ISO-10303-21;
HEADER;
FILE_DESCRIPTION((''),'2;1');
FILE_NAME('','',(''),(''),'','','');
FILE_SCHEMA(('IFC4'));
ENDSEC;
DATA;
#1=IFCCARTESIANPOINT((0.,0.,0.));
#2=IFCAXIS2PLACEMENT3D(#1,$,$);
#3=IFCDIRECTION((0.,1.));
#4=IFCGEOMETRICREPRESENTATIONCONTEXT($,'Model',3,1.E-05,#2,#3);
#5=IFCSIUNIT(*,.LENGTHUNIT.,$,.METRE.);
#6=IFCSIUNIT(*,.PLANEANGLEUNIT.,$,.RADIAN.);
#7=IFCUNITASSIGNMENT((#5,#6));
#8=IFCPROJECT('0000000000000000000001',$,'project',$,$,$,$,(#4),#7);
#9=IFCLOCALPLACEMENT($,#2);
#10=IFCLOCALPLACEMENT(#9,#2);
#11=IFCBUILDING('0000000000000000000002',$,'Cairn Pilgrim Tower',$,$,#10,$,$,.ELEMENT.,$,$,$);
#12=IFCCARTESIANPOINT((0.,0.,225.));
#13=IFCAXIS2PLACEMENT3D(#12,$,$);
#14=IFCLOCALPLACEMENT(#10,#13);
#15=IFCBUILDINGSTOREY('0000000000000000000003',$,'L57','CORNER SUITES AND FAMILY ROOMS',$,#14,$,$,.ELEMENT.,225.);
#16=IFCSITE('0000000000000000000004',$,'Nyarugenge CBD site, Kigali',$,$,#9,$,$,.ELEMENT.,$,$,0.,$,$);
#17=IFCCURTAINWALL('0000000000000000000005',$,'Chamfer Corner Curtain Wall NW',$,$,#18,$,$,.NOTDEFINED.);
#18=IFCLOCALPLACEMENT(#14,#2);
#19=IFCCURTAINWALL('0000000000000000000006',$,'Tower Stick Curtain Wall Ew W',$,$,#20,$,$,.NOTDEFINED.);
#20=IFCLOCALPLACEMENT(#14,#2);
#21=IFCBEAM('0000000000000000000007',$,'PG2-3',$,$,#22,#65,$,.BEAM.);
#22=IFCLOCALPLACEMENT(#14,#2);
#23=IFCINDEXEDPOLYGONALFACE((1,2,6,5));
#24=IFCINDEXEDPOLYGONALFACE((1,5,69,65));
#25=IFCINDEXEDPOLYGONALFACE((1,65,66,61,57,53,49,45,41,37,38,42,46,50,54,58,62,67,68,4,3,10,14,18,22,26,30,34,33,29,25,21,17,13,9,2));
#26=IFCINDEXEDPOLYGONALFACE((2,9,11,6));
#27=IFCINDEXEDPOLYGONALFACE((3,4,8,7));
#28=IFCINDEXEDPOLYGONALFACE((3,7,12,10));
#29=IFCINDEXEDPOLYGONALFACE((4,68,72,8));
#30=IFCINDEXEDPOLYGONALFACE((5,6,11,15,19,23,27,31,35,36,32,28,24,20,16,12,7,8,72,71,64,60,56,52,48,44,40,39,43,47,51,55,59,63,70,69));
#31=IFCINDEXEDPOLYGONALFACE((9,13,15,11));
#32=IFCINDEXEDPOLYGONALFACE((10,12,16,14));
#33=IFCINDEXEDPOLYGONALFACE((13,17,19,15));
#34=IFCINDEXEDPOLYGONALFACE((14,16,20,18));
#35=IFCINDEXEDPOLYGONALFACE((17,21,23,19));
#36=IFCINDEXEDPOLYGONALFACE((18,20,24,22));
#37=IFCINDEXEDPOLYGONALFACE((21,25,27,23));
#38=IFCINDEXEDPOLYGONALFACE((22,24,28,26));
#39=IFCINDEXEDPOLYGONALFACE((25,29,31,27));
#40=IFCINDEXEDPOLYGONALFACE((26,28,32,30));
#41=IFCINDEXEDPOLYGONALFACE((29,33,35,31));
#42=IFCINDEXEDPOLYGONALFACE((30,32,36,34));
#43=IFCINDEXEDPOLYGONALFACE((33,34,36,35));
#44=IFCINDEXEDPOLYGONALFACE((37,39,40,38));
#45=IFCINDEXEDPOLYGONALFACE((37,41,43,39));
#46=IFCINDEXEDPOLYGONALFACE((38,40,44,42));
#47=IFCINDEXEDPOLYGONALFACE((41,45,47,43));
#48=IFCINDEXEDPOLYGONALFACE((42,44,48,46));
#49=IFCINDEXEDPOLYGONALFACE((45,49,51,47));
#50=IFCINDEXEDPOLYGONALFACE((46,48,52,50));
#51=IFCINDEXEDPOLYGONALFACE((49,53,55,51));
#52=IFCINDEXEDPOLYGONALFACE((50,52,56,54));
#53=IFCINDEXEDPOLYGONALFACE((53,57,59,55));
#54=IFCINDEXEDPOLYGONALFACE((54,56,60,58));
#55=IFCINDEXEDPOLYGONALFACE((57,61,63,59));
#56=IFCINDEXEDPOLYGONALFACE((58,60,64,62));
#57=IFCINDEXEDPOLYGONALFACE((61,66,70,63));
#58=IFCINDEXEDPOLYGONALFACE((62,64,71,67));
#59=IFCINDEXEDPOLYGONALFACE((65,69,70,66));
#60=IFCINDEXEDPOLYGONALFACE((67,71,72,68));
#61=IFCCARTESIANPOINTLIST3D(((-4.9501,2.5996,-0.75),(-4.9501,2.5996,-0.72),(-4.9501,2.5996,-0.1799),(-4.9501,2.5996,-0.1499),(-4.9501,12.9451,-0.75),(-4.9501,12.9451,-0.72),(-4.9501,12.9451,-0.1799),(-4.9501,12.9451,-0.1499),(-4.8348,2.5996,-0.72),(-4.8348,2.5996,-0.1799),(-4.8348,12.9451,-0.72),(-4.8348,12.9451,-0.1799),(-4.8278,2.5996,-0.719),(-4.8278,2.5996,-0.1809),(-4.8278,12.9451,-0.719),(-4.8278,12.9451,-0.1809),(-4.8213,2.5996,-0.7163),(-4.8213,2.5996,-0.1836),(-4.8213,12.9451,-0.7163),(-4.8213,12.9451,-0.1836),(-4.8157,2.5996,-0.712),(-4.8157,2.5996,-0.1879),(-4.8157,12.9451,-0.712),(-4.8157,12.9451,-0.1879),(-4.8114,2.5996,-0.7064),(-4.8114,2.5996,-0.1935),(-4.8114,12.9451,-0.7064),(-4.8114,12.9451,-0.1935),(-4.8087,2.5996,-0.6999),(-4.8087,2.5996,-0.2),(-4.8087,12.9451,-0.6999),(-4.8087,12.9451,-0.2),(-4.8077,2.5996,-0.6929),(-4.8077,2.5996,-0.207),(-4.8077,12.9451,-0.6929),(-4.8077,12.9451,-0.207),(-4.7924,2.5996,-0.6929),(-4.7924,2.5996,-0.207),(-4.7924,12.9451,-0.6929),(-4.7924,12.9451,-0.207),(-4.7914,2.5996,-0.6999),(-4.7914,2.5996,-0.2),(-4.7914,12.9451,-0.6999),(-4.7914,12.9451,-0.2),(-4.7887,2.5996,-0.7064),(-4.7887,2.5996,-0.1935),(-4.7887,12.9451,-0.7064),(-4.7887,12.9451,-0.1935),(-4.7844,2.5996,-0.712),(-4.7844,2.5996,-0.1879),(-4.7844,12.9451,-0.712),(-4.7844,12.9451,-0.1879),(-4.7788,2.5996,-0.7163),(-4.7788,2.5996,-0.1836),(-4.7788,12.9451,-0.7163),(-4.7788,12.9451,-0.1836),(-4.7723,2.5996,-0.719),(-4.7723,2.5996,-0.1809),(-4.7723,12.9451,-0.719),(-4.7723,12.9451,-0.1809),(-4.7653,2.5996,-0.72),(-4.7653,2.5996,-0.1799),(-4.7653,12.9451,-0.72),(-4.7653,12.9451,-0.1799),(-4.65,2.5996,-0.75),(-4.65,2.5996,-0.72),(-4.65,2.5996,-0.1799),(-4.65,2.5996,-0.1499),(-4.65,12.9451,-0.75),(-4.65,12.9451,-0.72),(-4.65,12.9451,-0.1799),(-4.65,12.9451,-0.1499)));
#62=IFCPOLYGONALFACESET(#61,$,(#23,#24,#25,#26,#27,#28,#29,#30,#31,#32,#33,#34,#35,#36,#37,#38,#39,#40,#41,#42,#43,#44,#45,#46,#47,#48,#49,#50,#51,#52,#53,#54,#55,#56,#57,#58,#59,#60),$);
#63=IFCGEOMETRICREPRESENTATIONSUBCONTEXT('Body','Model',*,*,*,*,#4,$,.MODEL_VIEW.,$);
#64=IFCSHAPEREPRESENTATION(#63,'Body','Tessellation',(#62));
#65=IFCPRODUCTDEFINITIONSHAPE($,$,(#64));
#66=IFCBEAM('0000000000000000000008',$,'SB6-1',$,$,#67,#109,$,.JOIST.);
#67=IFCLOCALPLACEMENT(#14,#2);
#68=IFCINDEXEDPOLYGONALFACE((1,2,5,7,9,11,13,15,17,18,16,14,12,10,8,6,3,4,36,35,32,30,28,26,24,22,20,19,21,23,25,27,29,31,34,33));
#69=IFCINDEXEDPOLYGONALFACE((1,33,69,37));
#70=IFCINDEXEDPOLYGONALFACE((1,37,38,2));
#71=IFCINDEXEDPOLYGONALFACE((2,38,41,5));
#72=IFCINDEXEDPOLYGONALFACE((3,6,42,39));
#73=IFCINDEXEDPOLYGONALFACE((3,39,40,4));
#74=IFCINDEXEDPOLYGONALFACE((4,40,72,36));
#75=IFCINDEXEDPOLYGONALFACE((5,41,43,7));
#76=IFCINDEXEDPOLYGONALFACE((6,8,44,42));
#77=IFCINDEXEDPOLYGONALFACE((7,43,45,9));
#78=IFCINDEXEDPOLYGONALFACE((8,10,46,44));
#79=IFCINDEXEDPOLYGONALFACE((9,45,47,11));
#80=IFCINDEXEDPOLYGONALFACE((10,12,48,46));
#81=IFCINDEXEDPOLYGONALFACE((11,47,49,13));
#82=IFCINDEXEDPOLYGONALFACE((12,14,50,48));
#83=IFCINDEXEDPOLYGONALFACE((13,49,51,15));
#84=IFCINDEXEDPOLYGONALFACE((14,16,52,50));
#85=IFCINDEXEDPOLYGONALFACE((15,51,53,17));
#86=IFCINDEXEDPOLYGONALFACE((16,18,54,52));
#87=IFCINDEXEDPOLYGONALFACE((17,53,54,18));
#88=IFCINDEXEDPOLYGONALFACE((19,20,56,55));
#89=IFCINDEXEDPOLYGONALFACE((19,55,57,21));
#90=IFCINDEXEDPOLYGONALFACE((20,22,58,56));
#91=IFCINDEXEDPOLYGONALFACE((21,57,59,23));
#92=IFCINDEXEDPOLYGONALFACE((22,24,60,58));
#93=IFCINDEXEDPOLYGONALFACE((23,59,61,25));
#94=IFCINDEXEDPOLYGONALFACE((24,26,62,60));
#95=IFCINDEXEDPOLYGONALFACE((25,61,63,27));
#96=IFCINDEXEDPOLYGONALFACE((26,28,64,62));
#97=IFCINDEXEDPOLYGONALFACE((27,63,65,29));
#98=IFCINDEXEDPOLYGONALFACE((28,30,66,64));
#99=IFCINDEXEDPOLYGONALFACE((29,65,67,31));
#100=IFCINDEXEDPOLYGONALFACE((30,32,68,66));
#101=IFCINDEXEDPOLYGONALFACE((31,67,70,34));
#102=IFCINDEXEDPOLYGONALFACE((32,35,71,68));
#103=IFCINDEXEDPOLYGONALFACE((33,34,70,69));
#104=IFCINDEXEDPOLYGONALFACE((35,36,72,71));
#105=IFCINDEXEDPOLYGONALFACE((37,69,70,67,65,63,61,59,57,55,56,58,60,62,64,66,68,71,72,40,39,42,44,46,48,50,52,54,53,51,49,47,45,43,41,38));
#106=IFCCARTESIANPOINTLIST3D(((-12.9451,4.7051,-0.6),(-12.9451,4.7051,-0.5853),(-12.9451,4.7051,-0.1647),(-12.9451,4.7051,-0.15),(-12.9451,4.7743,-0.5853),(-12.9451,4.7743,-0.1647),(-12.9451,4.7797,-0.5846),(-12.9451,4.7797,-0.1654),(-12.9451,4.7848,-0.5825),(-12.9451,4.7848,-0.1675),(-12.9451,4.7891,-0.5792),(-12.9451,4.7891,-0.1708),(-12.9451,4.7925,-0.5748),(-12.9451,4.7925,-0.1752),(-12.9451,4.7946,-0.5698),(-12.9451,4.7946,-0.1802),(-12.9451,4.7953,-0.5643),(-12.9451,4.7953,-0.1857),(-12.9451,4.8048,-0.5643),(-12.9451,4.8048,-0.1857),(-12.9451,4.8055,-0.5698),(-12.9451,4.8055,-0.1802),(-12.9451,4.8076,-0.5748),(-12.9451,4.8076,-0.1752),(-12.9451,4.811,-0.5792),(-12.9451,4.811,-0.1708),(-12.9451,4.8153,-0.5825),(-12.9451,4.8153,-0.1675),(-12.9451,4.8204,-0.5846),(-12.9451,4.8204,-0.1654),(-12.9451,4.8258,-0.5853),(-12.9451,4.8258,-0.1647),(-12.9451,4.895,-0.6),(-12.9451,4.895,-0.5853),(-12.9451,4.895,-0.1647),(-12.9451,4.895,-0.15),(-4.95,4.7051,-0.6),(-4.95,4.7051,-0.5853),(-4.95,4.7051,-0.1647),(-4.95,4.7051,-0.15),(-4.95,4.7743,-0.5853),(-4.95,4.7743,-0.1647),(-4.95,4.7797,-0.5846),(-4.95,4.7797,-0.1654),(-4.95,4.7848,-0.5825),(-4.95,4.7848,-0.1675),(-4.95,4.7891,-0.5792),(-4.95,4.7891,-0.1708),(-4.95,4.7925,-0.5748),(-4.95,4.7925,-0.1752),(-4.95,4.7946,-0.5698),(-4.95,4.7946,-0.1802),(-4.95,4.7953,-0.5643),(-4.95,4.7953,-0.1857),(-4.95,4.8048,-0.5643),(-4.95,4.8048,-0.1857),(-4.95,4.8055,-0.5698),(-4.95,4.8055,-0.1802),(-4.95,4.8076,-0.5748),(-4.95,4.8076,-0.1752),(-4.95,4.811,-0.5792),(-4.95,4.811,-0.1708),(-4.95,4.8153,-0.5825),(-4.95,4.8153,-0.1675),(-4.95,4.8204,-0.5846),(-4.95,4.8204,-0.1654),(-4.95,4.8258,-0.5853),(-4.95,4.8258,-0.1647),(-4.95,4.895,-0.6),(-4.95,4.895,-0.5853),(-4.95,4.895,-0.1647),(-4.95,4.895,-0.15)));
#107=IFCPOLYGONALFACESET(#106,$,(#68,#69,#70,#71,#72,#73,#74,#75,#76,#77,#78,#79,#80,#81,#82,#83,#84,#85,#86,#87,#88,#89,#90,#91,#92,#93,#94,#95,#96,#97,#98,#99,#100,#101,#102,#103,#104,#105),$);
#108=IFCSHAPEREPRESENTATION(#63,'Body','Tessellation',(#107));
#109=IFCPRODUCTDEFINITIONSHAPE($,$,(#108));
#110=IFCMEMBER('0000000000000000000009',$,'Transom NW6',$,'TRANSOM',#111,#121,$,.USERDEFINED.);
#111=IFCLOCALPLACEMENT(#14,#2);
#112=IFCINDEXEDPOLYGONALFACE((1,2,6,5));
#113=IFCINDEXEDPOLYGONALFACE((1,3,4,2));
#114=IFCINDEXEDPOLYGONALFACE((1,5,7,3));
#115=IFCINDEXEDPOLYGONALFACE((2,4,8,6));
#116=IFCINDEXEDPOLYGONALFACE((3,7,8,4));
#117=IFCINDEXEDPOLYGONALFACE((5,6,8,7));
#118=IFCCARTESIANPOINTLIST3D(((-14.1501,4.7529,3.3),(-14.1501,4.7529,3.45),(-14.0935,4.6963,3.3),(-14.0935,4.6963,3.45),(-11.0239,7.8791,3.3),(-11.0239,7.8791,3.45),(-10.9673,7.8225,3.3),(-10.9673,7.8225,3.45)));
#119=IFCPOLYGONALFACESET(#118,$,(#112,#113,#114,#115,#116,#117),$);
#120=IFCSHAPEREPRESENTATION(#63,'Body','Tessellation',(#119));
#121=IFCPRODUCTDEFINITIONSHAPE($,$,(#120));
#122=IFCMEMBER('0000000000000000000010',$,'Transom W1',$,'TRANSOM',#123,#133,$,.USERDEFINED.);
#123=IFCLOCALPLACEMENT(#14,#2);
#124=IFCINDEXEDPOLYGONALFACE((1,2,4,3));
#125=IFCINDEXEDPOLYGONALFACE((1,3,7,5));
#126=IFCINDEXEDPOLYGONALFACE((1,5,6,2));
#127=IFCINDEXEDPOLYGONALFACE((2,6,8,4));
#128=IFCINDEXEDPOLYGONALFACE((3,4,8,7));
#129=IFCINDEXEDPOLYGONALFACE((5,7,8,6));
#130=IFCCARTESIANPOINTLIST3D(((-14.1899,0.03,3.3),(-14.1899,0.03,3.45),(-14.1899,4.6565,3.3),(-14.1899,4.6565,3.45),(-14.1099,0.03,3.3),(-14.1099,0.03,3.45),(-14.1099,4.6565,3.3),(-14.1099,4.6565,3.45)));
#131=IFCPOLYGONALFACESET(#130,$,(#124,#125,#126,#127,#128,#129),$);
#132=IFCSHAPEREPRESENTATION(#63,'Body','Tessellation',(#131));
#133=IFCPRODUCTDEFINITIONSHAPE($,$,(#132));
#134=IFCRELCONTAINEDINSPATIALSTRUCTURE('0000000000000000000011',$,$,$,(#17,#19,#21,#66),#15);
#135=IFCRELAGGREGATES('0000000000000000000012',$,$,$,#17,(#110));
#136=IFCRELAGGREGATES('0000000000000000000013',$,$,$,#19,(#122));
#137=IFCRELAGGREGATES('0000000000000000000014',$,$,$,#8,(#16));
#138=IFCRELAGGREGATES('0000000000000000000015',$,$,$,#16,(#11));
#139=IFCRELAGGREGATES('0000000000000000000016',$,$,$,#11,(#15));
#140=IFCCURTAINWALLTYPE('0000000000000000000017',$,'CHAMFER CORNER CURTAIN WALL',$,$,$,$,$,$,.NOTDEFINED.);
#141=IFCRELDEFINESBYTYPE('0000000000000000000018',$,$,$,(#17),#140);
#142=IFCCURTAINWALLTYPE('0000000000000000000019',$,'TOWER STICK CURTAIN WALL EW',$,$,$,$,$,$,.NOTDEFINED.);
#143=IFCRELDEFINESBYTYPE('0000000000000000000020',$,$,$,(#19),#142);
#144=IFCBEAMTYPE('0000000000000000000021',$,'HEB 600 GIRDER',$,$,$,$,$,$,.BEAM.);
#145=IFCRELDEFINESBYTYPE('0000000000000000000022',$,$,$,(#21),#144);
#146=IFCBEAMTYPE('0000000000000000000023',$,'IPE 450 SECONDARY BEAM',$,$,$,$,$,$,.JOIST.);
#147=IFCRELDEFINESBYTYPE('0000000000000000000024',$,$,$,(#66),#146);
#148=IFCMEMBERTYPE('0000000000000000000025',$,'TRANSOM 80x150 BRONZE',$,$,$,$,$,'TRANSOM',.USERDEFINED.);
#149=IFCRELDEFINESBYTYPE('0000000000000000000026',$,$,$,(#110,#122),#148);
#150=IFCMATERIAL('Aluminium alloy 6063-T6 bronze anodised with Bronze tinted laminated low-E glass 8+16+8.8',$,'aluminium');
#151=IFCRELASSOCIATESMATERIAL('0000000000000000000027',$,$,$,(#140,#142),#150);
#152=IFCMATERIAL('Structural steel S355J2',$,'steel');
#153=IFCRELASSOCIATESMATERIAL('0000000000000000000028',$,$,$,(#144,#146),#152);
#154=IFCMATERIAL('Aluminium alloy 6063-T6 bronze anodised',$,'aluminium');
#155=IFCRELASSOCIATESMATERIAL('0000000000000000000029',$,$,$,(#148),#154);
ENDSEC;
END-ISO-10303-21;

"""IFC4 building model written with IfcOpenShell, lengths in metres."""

from ifc_helpers import new_model, si_unit, direction, frame, origin, origin_2d, place, context, subcontext, project, spatial, rectangle, i_section, extrude, material, material_profile, profile_set, type_object, element, aggregate, save


model = new_model("IFC4")

# Units and contexts
model_context = context("Model", 3, precision=1e-05, world=origin(), true_north=direction((0.0, 1.0)))
body_context = subcontext(model_context, "Body", "Model", "MODEL_VIEW")
ifc_project = project(units=[si_unit("LENGTHUNIT", "METRE"), si_unit("PLANEANGLEUNIT", "RADIAN")], contexts=[model_context])

# Site, building, storey
site_placement = place(None, origin())
site = spatial("IfcSite", under=ifc_project, at=site_placement, Name="Nyarugenge CBD site, Kigali", CompositionType="ELEMENT", RefElevation=0.0)
building_placement = place(site_placement, origin())
building = spatial("IfcBuilding", under=site, at=building_placement, Name="Cairn Pilgrim Tower", CompositionType="ELEMENT")
storey_placement = place(building_placement, frame((0.0, 0.0, 225.0)))
storey = spatial("IfcBuildingStorey", under=building, at=storey_placement, Name="L57", Description="CORNER SUITES AND FAMILY ROOMS", CompositionType="ELEMENT", Elevation=225.0)

# Shared definitions
ifc_material_1 = material(Name="Structural steel S355J2", Category="steel")

# Curtain walls
ifc_material_2 = material(Name="Aluminium alloy 6063-T6 bronze anodised with Bronze tinted laminated low-E glass 8+16+8.8", Category="aluminium")
curtain_wall_type_1 = type_object("IfcCurtainWallType", Name="CHAMFER CORNER CURTAIN WALL", PredefinedType="NOTDEFINED", material=ifc_material_2)
curtain_wall_1_placement = place(storey_placement, origin())
curtain_wall_1 = element("IfcCurtainWall", 1, at=curtain_wall_1_placement, inside=storey, type_object=curtain_wall_type_1, Name="Chamfer Corner Curtain Wall NW", PredefinedType="NOTDEFINED")
ifc_material_3 = material(Name="Aluminium alloy 6063-T6 bronze anodised", Category="aluminium")
curtain_wall_type_2 = type_object("IfcCurtainWallType", Name="TOWER STICK CURTAIN WALL EW", PredefinedType="NOTDEFINED", material=ifc_material_2)
curtain_wall_2_placement = place(storey_placement, origin())
curtain_wall_2 = element("IfcCurtainWall", 2, at=curtain_wall_2_placement, inside=storey, type_object=curtain_wall_type_2, Name="Tower Stick Curtain Wall Ew W", PredefinedType="NOTDEFINED")

# Beams
ifc_material_profile_1 = material_profile(ifc_material_1, i_section(OverallWidth=0.3, OverallDepth=0.6001, WebThickness=0.0154, FlangeThickness=0.03, FilletRadius=0.0271, at=origin_2d()), Name="HEB 600")
ifc_profile_set_1 = profile_set([ifc_material_profile_1], Name="Structural steel S355J2")
beam_type_1 = type_object("IfcBeamType", Name="HEB 600 GIRDER", PredefinedType="BEAM", material=ifc_profile_set_1)
beam_1_placement = place(storey_placement, frame((-4.8, 2.5996, -0.45), z_axis=(0.0, 1.0, 0.0), x_axis=(-1.0, 0.0, 0.0)))
element("IfcBeam", 3, at=beam_1_placement, inside=storey, type_object=beam_type_1, Name="PG2-3", PredefinedType="BEAM", context=body_context, shape_type="SweptSolid", body=[
    extrude(i_section(OverallWidth=0.3, OverallDepth=0.6001, WebThickness=0.0154, FlangeThickness=0.03, FilletRadius=0.0271, at=origin_2d()), origin(), (0.0, 0.0, 1.0), 10.3455),
])
ifc_material_profile_2 = material_profile(ifc_material_1, i_section(OverallWidth=0.1899, OverallDepth=0.45, WebThickness=0.0095, FlangeThickness=0.0146, FilletRadius=0.021, at=origin_2d()), Name="IPE 450")
ifc_profile_set_2 = profile_set([ifc_material_profile_2], Name="Structural steel S355J2")
beam_type_2 = type_object("IfcBeamType", Name="IPE 450 SECONDARY BEAM", PredefinedType="JOIST", material=ifc_profile_set_2)
beam_2_placement = place(storey_placement, frame((-12.9451, 4.8, -0.375), z_axis=(1.0, 0.0, 0.0), x_axis=(0.0, 1.0, 0.0)))
element("IfcBeam", 4, at=beam_2_placement, inside=storey, type_object=beam_type_2, Name="SB6-1", PredefinedType="JOIST", context=body_context, shape_type="SweptSolid", body=[
    extrude(i_section(OverallWidth=0.1899, OverallDepth=0.45, WebThickness=0.0095, FlangeThickness=0.0146, FilletRadius=0.021, at=origin_2d()), origin(), (0.0, 0.0, 1.0), 7.9951),
])

# Members
ifc_material_profile_3 = material_profile(ifc_material_3, rectangle(XDim=0.0801, YDim=0.1499, at=origin_2d()), Name="TRANSOM 80x150 BRONZE")
ifc_profile_set_3 = profile_set([ifc_material_profile_3], Name="Aluminium alloy 6063-T6 bronze anodised")
member_type_1 = type_object("IfcMemberType", Name="TRANSOM 80x150 BRONZE", ElementType="TRANSOM", PredefinedType="USERDEFINED", material=ifc_profile_set_3)
member_1_placement = place(storey_placement, frame((-10.9956, 7.8508, 3.375), z_axis=(-0.707107, -0.707107, 0.0), x_axis=(0.707107, -0.707107, 0.0)))
member_1 = element("IfcMember", 5, at=member_1_placement, type_object=member_type_1, Name="Transom NW6", ObjectType="TRANSOM", PredefinedType="USERDEFINED", context=body_context, shape_type="SweptSolid", body=[
    extrude(rectangle(XDim=0.0801, YDim=0.1499, at=origin_2d()), origin(), (0.0, 0.0, 1.0), 4.4211),
])
member_2_placement = place(storey_placement, frame((-14.1499, 4.6565, 3.375), z_axis=(0.0, -1.0, 0.0), x_axis=(1.0, 0.0, 0.0)))
member_2 = element("IfcMember", 6, at=member_2_placement, type_object=member_type_1, Name="Transom W1", ObjectType="TRANSOM", PredefinedType="USERDEFINED", context=body_context, shape_type="SweptSolid", body=[
    extrude(rectangle(XDim=0.0801, YDim=0.1499, at=origin_2d()), origin(), (0.0, 0.0, 1.0), 4.6265),
])

aggregate(curtain_wall_1, [member_1])
aggregate(curtain_wall_2, [member_2])

save(model, "model.ifc")
